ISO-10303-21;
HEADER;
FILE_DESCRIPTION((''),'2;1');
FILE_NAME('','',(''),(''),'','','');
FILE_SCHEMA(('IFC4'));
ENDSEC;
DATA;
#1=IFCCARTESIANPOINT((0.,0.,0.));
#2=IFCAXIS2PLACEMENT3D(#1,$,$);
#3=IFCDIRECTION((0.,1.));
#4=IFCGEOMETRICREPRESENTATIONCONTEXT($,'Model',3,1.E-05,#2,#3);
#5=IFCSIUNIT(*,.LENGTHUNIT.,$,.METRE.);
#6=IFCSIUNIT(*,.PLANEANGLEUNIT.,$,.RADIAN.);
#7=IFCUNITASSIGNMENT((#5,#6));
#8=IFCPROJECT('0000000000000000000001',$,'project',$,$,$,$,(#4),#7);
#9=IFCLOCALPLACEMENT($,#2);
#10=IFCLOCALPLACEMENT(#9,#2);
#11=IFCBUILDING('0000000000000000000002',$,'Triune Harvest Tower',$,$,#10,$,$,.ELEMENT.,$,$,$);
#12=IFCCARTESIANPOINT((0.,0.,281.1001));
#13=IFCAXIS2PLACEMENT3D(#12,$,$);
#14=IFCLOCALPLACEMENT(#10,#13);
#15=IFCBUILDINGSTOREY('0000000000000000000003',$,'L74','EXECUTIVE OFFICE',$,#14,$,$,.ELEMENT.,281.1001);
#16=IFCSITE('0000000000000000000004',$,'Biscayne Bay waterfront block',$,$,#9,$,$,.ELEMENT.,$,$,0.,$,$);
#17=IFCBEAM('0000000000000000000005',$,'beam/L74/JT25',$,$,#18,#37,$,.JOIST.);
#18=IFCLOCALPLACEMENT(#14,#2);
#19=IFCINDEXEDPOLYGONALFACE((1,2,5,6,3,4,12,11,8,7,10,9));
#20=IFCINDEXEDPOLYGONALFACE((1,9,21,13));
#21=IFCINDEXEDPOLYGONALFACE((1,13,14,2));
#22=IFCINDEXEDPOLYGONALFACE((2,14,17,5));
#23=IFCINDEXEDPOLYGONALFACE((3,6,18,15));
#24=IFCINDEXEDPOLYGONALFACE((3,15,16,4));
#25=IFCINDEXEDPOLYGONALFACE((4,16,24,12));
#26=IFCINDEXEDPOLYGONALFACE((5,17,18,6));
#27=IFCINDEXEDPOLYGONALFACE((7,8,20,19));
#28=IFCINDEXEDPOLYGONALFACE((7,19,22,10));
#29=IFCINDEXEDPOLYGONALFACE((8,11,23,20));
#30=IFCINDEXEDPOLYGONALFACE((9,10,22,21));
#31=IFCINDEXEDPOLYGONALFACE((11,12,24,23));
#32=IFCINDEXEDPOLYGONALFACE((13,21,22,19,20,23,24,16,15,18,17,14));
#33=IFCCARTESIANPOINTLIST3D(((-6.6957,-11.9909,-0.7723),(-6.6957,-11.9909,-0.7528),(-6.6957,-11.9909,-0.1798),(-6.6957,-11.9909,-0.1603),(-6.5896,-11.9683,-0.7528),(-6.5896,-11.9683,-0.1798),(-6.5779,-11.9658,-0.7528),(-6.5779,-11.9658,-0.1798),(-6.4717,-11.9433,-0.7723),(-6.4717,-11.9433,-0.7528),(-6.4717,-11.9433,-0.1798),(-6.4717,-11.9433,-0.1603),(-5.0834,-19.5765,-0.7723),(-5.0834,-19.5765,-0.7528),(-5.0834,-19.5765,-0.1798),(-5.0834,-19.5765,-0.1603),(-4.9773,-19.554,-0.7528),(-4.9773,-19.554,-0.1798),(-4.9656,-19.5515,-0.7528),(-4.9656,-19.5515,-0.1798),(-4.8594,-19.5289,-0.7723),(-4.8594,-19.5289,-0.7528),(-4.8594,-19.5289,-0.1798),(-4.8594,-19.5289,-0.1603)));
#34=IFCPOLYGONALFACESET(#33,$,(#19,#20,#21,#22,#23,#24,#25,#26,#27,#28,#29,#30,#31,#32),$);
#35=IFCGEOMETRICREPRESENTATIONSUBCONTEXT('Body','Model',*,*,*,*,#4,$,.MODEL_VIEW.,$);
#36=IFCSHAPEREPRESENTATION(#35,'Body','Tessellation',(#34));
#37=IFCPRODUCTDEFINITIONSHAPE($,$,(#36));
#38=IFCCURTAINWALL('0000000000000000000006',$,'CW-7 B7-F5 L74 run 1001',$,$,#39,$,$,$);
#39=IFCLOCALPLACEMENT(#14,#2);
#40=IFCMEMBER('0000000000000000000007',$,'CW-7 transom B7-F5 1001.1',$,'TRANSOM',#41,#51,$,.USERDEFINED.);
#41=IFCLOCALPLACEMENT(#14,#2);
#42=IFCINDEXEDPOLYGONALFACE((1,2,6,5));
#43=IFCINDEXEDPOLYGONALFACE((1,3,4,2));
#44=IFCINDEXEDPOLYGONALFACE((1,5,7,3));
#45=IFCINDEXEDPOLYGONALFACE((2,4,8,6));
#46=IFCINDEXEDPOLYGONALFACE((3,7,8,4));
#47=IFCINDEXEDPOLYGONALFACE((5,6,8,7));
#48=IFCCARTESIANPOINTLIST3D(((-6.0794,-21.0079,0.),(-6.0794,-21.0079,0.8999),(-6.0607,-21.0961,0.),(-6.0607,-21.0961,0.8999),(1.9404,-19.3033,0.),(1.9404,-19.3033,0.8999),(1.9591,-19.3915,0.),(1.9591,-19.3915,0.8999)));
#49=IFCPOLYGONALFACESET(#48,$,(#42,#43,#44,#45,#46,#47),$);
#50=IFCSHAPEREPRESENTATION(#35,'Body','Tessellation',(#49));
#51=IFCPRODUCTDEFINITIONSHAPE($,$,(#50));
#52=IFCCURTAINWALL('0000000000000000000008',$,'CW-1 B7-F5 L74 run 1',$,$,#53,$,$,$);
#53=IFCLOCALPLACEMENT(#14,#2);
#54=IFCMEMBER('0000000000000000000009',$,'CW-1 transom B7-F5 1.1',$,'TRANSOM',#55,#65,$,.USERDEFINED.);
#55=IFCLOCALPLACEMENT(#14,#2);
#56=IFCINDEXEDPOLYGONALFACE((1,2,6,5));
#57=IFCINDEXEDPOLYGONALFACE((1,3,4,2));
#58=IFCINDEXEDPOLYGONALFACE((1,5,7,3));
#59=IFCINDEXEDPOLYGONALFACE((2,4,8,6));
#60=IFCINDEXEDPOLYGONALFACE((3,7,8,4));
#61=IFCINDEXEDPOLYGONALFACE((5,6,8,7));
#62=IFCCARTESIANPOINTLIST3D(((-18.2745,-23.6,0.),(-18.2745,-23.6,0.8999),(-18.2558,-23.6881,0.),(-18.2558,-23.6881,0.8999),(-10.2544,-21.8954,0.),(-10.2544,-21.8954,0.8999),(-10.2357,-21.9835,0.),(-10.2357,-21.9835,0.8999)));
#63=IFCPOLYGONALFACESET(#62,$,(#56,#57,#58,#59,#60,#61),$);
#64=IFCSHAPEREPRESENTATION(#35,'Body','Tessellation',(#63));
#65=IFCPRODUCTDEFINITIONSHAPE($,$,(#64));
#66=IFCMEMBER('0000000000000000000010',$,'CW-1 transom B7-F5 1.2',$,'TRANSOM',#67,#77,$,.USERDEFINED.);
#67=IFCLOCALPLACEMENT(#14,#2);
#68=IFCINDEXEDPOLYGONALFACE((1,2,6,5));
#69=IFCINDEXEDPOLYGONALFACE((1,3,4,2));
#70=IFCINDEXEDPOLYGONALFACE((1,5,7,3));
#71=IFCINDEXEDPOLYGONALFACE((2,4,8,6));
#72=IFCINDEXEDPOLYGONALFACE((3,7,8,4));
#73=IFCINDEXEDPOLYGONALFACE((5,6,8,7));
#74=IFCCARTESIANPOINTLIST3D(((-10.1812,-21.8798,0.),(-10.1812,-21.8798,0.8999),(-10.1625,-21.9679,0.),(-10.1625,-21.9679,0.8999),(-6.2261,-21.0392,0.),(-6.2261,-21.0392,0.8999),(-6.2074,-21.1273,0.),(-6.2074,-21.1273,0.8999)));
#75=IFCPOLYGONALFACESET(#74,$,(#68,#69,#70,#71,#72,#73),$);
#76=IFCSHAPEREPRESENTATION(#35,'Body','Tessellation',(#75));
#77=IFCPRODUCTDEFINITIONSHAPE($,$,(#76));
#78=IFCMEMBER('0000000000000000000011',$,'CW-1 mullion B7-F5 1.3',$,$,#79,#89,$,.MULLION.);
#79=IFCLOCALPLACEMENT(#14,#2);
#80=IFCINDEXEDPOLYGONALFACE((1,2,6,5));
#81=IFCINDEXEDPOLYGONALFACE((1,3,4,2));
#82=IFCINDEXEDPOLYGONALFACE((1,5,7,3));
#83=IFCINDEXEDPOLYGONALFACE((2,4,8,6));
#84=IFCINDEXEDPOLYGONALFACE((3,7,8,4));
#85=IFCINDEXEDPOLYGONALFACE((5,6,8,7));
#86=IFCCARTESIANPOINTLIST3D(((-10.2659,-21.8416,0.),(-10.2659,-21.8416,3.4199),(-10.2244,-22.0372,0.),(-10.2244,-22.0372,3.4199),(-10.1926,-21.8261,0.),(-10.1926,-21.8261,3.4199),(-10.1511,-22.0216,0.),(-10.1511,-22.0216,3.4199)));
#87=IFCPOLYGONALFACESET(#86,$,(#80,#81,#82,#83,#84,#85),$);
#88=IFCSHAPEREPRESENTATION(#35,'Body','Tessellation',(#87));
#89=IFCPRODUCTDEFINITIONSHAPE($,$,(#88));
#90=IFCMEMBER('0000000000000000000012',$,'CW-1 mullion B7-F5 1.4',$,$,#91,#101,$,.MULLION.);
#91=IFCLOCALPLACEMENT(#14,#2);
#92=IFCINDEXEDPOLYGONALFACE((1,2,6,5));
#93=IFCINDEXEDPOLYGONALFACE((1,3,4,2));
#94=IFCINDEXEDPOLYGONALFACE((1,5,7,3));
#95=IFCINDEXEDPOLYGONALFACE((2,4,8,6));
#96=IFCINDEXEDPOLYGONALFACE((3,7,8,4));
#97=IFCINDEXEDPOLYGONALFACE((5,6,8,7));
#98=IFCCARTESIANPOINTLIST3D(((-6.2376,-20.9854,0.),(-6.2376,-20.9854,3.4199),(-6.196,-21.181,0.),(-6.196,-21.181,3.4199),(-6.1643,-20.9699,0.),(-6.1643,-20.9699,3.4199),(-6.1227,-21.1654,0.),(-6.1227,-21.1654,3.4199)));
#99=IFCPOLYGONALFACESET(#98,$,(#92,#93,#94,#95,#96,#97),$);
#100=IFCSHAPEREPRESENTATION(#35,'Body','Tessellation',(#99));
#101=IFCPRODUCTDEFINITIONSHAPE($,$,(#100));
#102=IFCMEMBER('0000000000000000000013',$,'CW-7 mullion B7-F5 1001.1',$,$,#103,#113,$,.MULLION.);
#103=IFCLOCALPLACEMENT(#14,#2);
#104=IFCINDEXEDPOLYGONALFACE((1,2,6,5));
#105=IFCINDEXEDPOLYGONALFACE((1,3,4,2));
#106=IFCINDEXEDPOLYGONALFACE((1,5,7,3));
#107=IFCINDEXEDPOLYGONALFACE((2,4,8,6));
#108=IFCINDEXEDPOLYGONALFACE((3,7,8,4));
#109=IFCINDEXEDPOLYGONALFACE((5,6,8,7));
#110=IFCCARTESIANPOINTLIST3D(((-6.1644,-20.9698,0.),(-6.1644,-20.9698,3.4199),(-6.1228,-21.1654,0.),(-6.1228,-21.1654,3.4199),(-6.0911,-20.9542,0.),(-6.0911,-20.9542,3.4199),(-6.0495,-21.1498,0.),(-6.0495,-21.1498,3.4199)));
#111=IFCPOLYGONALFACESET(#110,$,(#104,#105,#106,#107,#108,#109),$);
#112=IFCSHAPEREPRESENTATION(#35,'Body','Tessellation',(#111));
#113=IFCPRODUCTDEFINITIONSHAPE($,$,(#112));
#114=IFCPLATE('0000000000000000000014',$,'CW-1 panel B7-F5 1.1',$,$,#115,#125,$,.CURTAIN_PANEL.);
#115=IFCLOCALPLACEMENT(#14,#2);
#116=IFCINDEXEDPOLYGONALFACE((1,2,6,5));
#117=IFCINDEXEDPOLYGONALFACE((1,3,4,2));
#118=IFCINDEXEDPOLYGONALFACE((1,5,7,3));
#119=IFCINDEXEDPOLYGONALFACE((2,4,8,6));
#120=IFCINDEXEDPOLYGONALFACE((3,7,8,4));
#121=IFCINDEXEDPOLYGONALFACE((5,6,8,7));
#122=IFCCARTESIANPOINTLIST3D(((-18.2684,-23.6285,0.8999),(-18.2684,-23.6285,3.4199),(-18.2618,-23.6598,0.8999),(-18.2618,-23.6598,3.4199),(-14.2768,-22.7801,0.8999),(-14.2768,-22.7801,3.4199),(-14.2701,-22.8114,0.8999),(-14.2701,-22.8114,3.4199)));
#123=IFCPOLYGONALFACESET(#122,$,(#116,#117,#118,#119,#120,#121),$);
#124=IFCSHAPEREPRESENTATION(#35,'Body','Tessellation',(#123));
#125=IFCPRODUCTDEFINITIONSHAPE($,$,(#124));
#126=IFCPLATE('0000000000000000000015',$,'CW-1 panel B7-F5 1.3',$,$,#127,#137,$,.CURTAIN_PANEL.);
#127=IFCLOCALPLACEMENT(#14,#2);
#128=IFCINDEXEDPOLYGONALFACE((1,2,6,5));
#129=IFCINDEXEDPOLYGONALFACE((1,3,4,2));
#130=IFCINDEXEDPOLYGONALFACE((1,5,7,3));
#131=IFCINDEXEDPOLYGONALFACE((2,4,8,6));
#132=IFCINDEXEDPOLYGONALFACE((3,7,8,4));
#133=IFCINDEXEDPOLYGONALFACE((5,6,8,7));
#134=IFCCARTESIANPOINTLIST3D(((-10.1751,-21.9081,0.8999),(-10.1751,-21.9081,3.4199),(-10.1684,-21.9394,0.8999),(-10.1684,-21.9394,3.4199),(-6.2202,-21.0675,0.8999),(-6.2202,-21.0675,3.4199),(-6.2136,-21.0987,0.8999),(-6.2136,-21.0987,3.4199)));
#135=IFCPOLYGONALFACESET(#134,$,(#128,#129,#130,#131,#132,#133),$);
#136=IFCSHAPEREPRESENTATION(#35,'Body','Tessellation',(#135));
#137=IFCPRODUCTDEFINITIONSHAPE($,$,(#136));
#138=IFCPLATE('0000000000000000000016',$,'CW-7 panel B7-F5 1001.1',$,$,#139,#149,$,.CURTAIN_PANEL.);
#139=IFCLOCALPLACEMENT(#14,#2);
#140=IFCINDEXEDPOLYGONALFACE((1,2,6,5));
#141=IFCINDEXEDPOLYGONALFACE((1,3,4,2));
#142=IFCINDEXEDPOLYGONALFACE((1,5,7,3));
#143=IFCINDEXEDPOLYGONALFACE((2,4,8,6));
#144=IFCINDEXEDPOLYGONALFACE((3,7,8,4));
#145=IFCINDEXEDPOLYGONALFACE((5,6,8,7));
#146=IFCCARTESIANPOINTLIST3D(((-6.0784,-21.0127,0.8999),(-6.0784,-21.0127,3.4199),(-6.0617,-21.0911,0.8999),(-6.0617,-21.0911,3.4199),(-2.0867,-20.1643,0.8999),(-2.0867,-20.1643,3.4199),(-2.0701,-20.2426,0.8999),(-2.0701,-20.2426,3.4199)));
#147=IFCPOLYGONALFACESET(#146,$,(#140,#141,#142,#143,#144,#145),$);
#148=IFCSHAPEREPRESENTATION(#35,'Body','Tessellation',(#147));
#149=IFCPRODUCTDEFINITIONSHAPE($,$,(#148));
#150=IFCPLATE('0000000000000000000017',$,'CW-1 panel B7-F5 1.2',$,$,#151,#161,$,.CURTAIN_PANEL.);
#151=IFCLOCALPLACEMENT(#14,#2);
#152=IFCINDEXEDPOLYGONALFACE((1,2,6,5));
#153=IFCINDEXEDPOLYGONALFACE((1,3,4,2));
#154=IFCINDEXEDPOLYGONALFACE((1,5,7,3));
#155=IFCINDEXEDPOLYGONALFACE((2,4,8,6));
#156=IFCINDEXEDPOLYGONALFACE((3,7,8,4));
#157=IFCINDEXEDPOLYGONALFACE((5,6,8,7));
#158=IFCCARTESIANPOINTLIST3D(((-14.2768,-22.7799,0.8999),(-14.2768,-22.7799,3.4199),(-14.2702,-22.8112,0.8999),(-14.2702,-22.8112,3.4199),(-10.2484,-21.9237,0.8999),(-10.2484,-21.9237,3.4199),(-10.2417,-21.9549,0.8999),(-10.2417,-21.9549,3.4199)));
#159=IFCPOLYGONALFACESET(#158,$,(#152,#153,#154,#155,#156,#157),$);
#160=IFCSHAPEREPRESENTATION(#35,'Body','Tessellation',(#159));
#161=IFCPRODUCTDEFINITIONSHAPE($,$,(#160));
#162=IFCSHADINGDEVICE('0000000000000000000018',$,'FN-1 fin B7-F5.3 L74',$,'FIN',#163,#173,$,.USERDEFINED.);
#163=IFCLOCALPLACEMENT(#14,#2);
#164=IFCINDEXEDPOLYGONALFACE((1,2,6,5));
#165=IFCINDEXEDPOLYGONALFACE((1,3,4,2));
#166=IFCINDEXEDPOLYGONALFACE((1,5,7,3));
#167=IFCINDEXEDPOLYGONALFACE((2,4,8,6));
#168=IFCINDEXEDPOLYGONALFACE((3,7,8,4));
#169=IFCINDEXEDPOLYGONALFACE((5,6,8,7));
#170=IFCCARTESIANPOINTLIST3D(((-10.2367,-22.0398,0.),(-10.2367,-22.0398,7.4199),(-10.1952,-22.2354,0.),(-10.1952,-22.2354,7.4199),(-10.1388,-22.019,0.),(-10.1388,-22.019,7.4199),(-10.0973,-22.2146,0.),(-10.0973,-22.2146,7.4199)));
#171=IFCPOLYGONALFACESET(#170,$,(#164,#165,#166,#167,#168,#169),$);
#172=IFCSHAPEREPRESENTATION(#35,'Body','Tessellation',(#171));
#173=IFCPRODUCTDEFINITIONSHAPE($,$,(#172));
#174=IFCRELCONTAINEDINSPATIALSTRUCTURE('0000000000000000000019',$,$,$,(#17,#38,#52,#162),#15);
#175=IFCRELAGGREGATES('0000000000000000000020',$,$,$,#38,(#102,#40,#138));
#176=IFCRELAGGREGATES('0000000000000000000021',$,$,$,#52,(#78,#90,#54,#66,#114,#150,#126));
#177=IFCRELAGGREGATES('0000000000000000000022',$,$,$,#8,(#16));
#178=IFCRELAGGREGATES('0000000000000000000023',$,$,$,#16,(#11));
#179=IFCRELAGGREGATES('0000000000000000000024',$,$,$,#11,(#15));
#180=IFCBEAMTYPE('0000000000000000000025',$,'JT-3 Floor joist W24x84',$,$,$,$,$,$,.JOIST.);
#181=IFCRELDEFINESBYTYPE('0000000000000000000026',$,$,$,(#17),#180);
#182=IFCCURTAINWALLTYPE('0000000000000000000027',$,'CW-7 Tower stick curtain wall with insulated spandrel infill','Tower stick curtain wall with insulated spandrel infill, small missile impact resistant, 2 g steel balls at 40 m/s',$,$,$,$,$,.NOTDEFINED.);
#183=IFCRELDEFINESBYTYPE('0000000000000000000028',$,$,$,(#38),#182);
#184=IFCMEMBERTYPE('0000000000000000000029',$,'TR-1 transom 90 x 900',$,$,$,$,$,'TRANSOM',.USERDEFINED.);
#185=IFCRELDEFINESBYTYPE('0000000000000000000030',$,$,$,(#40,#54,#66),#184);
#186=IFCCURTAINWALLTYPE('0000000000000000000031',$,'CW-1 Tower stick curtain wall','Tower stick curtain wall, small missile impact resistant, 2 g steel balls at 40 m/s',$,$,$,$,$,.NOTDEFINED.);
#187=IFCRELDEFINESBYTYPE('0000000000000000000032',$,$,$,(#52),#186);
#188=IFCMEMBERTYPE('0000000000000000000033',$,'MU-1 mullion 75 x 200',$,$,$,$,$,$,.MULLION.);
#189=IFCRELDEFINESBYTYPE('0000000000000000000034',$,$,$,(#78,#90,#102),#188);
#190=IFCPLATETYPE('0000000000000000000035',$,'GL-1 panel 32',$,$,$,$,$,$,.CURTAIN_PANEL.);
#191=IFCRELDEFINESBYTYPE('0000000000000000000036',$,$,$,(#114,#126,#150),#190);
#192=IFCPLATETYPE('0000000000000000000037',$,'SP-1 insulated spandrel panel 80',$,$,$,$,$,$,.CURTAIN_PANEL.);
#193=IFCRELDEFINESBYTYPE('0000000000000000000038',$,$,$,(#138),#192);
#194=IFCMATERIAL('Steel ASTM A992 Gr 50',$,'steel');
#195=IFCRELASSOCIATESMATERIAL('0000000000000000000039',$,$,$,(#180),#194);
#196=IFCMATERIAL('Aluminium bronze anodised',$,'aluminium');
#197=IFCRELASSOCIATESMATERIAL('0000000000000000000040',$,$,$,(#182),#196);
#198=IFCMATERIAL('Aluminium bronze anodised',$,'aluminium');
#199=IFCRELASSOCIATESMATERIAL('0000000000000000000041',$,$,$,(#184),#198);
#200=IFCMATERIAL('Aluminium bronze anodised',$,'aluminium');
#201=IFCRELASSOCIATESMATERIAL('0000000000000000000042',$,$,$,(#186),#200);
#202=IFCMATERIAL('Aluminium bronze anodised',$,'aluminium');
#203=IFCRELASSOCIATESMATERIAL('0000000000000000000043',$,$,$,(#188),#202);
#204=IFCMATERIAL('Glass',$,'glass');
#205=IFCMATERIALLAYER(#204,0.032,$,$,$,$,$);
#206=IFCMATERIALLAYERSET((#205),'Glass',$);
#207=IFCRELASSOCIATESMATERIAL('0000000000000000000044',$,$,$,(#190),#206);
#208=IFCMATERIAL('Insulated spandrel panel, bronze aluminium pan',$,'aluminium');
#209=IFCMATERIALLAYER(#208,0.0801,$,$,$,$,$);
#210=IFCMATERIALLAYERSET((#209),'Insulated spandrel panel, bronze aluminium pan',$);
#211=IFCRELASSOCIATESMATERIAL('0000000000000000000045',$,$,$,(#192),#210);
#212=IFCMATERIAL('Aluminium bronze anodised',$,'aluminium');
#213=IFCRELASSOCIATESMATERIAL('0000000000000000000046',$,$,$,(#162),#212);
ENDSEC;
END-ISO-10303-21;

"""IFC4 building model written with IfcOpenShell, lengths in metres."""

from ifc_helpers import new_model, si_unit, direction, frame, origin, origin_2d, place, context, subcontext, project, spatial, rectangle, i_section, extrude, source, transform, mapped, material, layer, layer_set, material_profile, profile_set, type_object, element, aggregate, save


model = new_model("IFC4")

# Units and contexts
model_context = context("Model", 3, precision=1e-05, world=origin(), true_north=direction((0.0, 1.0)))
body_context = subcontext(model_context, "Body", "Model", "MODEL_VIEW")
ifc_project = project(units=[si_unit("LENGTHUNIT", "METRE"), si_unit("PLANEANGLEUNIT", "RADIAN")], contexts=[model_context])

# Site, building, storey
site_placement = place(None, origin())
site = spatial("IfcSite", under=ifc_project, at=site_placement, Name="Biscayne Bay waterfront block", CompositionType="ELEMENT", RefElevation=0.0)
building_placement = place(site_placement, origin())
building = spatial("IfcBuilding", under=site, at=building_placement, Name="Triune Harvest Tower", CompositionType="ELEMENT")
storey_placement = place(building_placement, frame((0.0, 0.0, 281.1001)))
storey = spatial("IfcBuildingStorey", under=building, at=storey_placement, Name="L74", Description="EXECUTIVE OFFICE", CompositionType="ELEMENT", Elevation=281.1001)

# Beam
ifc_material_1 = material(Name="Steel ASTM A992 Gr 50", Category="steel")
ifc_material_profile_1 = material_profile(ifc_material_1, i_section(OverallWidth=0.229, OverallDepth=0.6121, WebThickness=0.012, FlangeThickness=0.0195, at=origin_2d()), Name="W24x84")
ifc_profile_set_1 = profile_set([ifc_material_profile_1], Name="Steel ASTM A992 Gr 50")
beam_type_1 = type_object("IfcBeamType", Name="JT-3 Floor joist W24x84", PredefinedType="JOIST", material=ifc_profile_set_1)
shared_shape_1 = source(origin(), body_context, "Body", "SweptSolid", [
    extrude(i_section(OverallWidth=0.229, OverallDepth=0.6121, WebThickness=0.012, FlangeThickness=0.0195, at=origin_2d()), origin(), (0.0, 0.0, 1.0), 7.7551),
])
beam_1_placement = place(storey_placement, frame((-4.9714, -19.5527, -0.4663), z_axis=(-0.207901, 0.97815, 0.0), x_axis=(-0.97815, -0.207901, 0.0)))
element("IfcBeam", 1, at=beam_1_placement, inside=storey, type_object=beam_type_1, Name="beam/L74/JT25", PredefinedType="JOIST", context=body_context, shape_type="MappedRepresentation", body=[
    mapped(shared_shape_1, transform((0.0, 0.0, 0.0), scale=1.0)),
])

# Curtain wall, member
ifc_material_2 = material(Name="Aluminium bronze anodised", Category="aluminium")
curtain_wall_type_1 = type_object("IfcCurtainWallType", Name="CW-7 Tower stick curtain wall with insulated spandrel infill", Description="Tower stick curtain wall with insulated spandrel infill, small missile impact resistant, 2 g steel balls at 40 m/s", PredefinedType="NOTDEFINED", material=ifc_material_2)
curtain_wall_1_placement = place(storey_placement, origin())
curtain_wall_1 = element("IfcCurtainWall", 2, at=curtain_wall_1_placement, inside=storey, type_object=curtain_wall_type_1, Name="CW-7 B7-F5 L74 run 1001")
ifc_material_3 = material(Name="Aluminium bronze anodised", Category="aluminium")
ifc_material_profile_2 = material_profile(ifc_material_3, rectangle(XDim=0.0901, YDim=0.8999, at=origin_2d()), Name="TR-1 transom 90 x 900")
ifc_profile_set_2 = profile_set([ifc_material_profile_2], Name="Aluminium bronze anodised")
member_type_1 = type_object("IfcMemberType", Name="TR-1 transom 90 x 900", ElementType="TRANSOM", PredefinedType="USERDEFINED", material=ifc_profile_set_2)
shared_shape_2 = source(origin(), body_context, "Body", "SweptSolid", [
    extrude(rectangle(XDim=0.0901, YDim=0.8999, at=origin_2d()), origin(), (0.0, 0.0, 1.0), 8.199),
])
member_1_placement = place(storey_placement, frame((-6.0701, -21.052, 0.45), z_axis=(0.978149, 0.207904, 0.0), x_axis=(-0.207904, 0.978149, 0.0)))
member_1 = element("IfcMember", 3, at=member_1_placement, type_object=member_type_1, Name="CW-7 transom B7-F5 1001.1", ObjectType="TRANSOM", PredefinedType="USERDEFINED", context=body_context, shape_type="MappedRepresentation", body=[
    mapped(shared_shape_2, transform((0.0, 0.0, 0.0), scale=1.0)),
])

# Curtain wall, members
ifc_material_4 = material(Name="Aluminium bronze anodised", Category="aluminium")
curtain_wall_type_2 = type_object("IfcCurtainWallType", Name="CW-1 Tower stick curtain wall", Description="Tower stick curtain wall, small missile impact resistant, 2 g steel balls at 40 m/s", PredefinedType="NOTDEFINED", material=ifc_material_4)
curtain_wall_2_placement = place(storey_placement, origin())
curtain_wall_2 = element("IfcCurtainWall", 4, at=curtain_wall_2_placement, inside=storey, type_object=curtain_wall_type_2, Name="CW-1 B7-F5 L74 run 1")
shared_shape_3 = source(origin(), body_context, "Body", "SweptSolid", [
    extrude(rectangle(XDim=0.0901, YDim=0.8999, at=origin_2d()), origin(), (0.0, 0.0, 1.0), 8.1992),
])
member_2_placement = place(storey_placement, frame((-18.2651, -23.644, 0.45), z_axis=(0.978151, 0.207898, 0.0), x_axis=(-0.207898, 0.978151, 0.0)))
member_2 = element("IfcMember", 5, at=member_2_placement, type_object=member_type_1, Name="CW-1 transom B7-F5 1.1", ObjectType="TRANSOM", PredefinedType="USERDEFINED", context=body_context, shape_type="MappedRepresentation", body=[
    mapped(shared_shape_3, transform((0.0, 0.0, 0.0), scale=1.0)),
])
shared_shape_4 = source(origin(), body_context, "Body", "SweptSolid", [
    extrude(rectangle(XDim=0.0901, YDim=0.8999, at=origin_2d()), origin(), (0.0, 0.0, 1.0), 4.0435),
])
member_3_placement = place(storey_placement, frame((-10.1719, -21.9238, 0.45), z_axis=(0.978153, 0.207888, 0.0), x_axis=(-0.207888, 0.978153, 0.0)))
member_3 = element("IfcMember", 6, at=member_3_placement, type_object=member_type_1, Name="CW-1 transom B7-F5 1.2", ObjectType="TRANSOM", PredefinedType="USERDEFINED", context=body_context, shape_type="MappedRepresentation", body=[
    mapped(shared_shape_4, transform((0.0, 0.0, 0.0), scale=1.0)),
])
ifc_material_5 = material(Name="Aluminium bronze anodised", Category="aluminium")
ifc_material_profile_3 = material_profile(ifc_material_5, rectangle(XDim=0.2, YDim=0.075, at=origin_2d()), Name="MU-1 mullion 75 x 200")
ifc_profile_set_3 = profile_set([ifc_material_profile_3], Name="Aluminium bronze anodised")
member_type_2 = type_object("IfcMemberType", Name="MU-1 mullion 75 x 200", PredefinedType="MULLION", material=ifc_profile_set_3)
shared_shape_5 = source(origin(), body_context, "Body", "SweptSolid", [
    extrude(rectangle(XDim=0.2, YDim=0.075, at=origin_2d()), origin(), (0.0, 0.0, 1.0), 3.4199),
])
member_4_placement = place(storey_placement, frame((-10.2085, -21.9316, 0.0), z_axis=(0.0, 0.0, 1.0), x_axis=(-0.207909, 0.978148, 0.0)))
member_4 = element("IfcMember", 7, at=member_4_placement, type_object=member_type_2, Name="CW-1 mullion B7-F5 1.3", PredefinedType="MULLION", context=body_context, shape_type="MappedRepresentation", body=[
    mapped(shared_shape_5, transform((0.0, 0.0, 0.0), scale=1.0)),
])
member_5_placement = place(storey_placement, frame((-6.1802, -21.0754, 0.0), z_axis=(0.0, 0.0, 1.0), x_axis=(-0.207909, 0.978148, 0.0)))
member_5 = element("IfcMember", 8, at=member_5_placement, type_object=member_type_2, Name="CW-1 mullion B7-F5 1.4", PredefinedType="MULLION", context=body_context, shape_type="MappedRepresentation", body=[
    mapped(shared_shape_5, transform((0.0, 0.0, 0.0), scale=1.0)),
])

# Member
member_6_placement = place(storey_placement, frame((-6.1069, -21.0598, 0.0), z_axis=(0.0, 0.0, 1.0), x_axis=(-0.207913, 0.978147, 0.0)))
member_6 = element("IfcMember", 9, at=member_6_placement, type_object=member_type_2, Name="CW-7 mullion B7-F5 1001.1", PredefinedType="MULLION", context=body_context, shape_type="MappedRepresentation", body=[
    mapped(shared_shape_5, transform((0.0, 0.0, 0.0), scale=1.0)),
])

# Plates
ifc_material_6 = material(Name="Glass", Category="glass")
ifc_layer_1 = layer(ifc_material_6, 0.032)
ifc_layer_set_1 = layer_set([ifc_layer_1], Name="Glass")
plate_type_1 = type_object("IfcPlateType", Name="GL-1 panel 32", PredefinedType="CURTAIN_PANEL", material=ifc_layer_set_1)
shared_shape_6 = source(origin(), body_context, "Body", "SweptSolid", [
    extrude(rectangle(XDim=4.0808, YDim=0.032, at=origin_2d()), origin(), (0.0, 0.0, 1.0), 2.52),
])
plate_1_placement = place(storey_placement, frame((-16.2693, -23.22, 0.8999), z_axis=(0.0, 0.0, 1.0), x_axis=(0.978148, 0.207909, 0.0)))
plate_1 = element("IfcPlate", 10, at=plate_1_placement, type_object=plate_type_1, Name="CW-1 panel B7-F5 1.1", PredefinedType="CURTAIN_PANEL", context=body_context, shape_type="MappedRepresentation", body=[
    mapped(shared_shape_6, transform((0.0, 0.0, 0.0), scale=1.0)),
])
shared_shape_7 = source(origin(), body_context, "Body", "SweptSolid", [
    extrude(rectangle(XDim=4.0432, YDim=0.032, at=origin_2d()), origin(), (0.0, 0.0, 1.0), 2.52),
])
plate_2_placement = place(storey_placement, frame((-8.1943, -21.5034, 0.8999), z_axis=(0.0, 0.0, 1.0), x_axis=(0.978148, 0.207909, 0.0)))
plate_2 = element("IfcPlate", 11, at=plate_2_placement, type_object=plate_type_1, Name="CW-1 panel B7-F5 1.3", PredefinedType="CURTAIN_PANEL", context=body_context, shape_type="MappedRepresentation", body=[
    mapped(shared_shape_7, transform((0.0, 0.0, 0.0), scale=1.0)),
])
ifc_material_7 = material(Name="Insulated spandrel panel, bronze aluminium pan", Category="aluminium")
ifc_layer_2 = layer(ifc_material_7, 0.0801)
ifc_layer_set_2 = layer_set([ifc_layer_2], Name="Insulated spandrel panel, bronze aluminium pan")
plate_type_2 = type_object("IfcPlateType", Name="SP-1 insulated spandrel panel 80", PredefinedType="CURTAIN_PANEL", material=ifc_layer_set_2)
shared_shape_8 = source(origin(), body_context, "Body", "SweptSolid", [
    extrude(rectangle(XDim=4.0808, YDim=0.0801, at=origin_2d()), origin(), (0.0, 0.0, 1.0), 2.52),
])
plate_3_placement = place(storey_placement, frame((-4.0742, -20.6277, 0.8999), z_axis=(0.0, 0.0, 1.0), x_axis=(0.978147, 0.207913, 0.0)))
plate_3 = element("IfcPlate", 12, at=plate_3_placement, type_object=plate_type_2, Name="CW-7 panel B7-F5 1001.1", PredefinedType="CURTAIN_PANEL", context=body_context, shape_type="MappedRepresentation", body=[
    mapped(shared_shape_8, transform((0.0, 0.0, 0.0), scale=1.0)),
])
aggregate(curtain_wall_1, [member_6, member_1, plate_3])
shared_shape_9 = source(origin(), body_context, "Body", "SweptSolid", [
    extrude(rectangle(XDim=4.1184, YDim=0.032, at=origin_2d()), origin(), (0.0, 0.0, 1.0), 2.52),
])
plate_4_placement = place(storey_placement, frame((-12.2593, -22.3674, 0.8999), z_axis=(0.0, 0.0, 1.0), x_axis=(0.978148, 0.207909, 0.0)))
plate_4 = element("IfcPlate", 13, at=plate_4_placement, type_object=plate_type_1, Name="CW-1 panel B7-F5 1.2", PredefinedType="CURTAIN_PANEL", context=body_context, shape_type="MappedRepresentation", body=[
    mapped(shared_shape_9, transform((0.0, 0.0, 0.0), scale=1.0)),
])
aggregate(curtain_wall_2, [member_4, member_5, member_2, member_3, plate_1, plate_4, plate_2])

# Shading device
ifc_material_8 = material(Name="Aluminium bronze anodised", Category="aluminium")
shared_shape_10 = source(origin(), body_context, "Body", "SweptSolid", [
    extrude(rectangle(XDim=0.1001, YDim=0.2, at=origin_2d()), origin(), (0.0, 0.0, 1.0), 7.4199),
])
for number, where, z_axis, x_axis, name in (
    (14, (-10.167, -22.1272, 0.0), (0.0, 0.0, 1.0), (0.978148, 0.207911, 0.0), "FN-1 fin B7-F5.3 L74"),
):
    element("IfcShadingDevice", number, at=place(storey_placement, frame(where, z_axis=z_axis, x_axis=x_axis)), inside=storey, material=ifc_material_8, Name=name, ObjectType="FIN", PredefinedType="USERDEFINED", context=body_context, shape_type="MappedRepresentation", body=[
        mapped(shared_shape_10, transform((0.0, 0.0, 0.0), scale=1.0)),
    ])

save(model, "model.ifc")
